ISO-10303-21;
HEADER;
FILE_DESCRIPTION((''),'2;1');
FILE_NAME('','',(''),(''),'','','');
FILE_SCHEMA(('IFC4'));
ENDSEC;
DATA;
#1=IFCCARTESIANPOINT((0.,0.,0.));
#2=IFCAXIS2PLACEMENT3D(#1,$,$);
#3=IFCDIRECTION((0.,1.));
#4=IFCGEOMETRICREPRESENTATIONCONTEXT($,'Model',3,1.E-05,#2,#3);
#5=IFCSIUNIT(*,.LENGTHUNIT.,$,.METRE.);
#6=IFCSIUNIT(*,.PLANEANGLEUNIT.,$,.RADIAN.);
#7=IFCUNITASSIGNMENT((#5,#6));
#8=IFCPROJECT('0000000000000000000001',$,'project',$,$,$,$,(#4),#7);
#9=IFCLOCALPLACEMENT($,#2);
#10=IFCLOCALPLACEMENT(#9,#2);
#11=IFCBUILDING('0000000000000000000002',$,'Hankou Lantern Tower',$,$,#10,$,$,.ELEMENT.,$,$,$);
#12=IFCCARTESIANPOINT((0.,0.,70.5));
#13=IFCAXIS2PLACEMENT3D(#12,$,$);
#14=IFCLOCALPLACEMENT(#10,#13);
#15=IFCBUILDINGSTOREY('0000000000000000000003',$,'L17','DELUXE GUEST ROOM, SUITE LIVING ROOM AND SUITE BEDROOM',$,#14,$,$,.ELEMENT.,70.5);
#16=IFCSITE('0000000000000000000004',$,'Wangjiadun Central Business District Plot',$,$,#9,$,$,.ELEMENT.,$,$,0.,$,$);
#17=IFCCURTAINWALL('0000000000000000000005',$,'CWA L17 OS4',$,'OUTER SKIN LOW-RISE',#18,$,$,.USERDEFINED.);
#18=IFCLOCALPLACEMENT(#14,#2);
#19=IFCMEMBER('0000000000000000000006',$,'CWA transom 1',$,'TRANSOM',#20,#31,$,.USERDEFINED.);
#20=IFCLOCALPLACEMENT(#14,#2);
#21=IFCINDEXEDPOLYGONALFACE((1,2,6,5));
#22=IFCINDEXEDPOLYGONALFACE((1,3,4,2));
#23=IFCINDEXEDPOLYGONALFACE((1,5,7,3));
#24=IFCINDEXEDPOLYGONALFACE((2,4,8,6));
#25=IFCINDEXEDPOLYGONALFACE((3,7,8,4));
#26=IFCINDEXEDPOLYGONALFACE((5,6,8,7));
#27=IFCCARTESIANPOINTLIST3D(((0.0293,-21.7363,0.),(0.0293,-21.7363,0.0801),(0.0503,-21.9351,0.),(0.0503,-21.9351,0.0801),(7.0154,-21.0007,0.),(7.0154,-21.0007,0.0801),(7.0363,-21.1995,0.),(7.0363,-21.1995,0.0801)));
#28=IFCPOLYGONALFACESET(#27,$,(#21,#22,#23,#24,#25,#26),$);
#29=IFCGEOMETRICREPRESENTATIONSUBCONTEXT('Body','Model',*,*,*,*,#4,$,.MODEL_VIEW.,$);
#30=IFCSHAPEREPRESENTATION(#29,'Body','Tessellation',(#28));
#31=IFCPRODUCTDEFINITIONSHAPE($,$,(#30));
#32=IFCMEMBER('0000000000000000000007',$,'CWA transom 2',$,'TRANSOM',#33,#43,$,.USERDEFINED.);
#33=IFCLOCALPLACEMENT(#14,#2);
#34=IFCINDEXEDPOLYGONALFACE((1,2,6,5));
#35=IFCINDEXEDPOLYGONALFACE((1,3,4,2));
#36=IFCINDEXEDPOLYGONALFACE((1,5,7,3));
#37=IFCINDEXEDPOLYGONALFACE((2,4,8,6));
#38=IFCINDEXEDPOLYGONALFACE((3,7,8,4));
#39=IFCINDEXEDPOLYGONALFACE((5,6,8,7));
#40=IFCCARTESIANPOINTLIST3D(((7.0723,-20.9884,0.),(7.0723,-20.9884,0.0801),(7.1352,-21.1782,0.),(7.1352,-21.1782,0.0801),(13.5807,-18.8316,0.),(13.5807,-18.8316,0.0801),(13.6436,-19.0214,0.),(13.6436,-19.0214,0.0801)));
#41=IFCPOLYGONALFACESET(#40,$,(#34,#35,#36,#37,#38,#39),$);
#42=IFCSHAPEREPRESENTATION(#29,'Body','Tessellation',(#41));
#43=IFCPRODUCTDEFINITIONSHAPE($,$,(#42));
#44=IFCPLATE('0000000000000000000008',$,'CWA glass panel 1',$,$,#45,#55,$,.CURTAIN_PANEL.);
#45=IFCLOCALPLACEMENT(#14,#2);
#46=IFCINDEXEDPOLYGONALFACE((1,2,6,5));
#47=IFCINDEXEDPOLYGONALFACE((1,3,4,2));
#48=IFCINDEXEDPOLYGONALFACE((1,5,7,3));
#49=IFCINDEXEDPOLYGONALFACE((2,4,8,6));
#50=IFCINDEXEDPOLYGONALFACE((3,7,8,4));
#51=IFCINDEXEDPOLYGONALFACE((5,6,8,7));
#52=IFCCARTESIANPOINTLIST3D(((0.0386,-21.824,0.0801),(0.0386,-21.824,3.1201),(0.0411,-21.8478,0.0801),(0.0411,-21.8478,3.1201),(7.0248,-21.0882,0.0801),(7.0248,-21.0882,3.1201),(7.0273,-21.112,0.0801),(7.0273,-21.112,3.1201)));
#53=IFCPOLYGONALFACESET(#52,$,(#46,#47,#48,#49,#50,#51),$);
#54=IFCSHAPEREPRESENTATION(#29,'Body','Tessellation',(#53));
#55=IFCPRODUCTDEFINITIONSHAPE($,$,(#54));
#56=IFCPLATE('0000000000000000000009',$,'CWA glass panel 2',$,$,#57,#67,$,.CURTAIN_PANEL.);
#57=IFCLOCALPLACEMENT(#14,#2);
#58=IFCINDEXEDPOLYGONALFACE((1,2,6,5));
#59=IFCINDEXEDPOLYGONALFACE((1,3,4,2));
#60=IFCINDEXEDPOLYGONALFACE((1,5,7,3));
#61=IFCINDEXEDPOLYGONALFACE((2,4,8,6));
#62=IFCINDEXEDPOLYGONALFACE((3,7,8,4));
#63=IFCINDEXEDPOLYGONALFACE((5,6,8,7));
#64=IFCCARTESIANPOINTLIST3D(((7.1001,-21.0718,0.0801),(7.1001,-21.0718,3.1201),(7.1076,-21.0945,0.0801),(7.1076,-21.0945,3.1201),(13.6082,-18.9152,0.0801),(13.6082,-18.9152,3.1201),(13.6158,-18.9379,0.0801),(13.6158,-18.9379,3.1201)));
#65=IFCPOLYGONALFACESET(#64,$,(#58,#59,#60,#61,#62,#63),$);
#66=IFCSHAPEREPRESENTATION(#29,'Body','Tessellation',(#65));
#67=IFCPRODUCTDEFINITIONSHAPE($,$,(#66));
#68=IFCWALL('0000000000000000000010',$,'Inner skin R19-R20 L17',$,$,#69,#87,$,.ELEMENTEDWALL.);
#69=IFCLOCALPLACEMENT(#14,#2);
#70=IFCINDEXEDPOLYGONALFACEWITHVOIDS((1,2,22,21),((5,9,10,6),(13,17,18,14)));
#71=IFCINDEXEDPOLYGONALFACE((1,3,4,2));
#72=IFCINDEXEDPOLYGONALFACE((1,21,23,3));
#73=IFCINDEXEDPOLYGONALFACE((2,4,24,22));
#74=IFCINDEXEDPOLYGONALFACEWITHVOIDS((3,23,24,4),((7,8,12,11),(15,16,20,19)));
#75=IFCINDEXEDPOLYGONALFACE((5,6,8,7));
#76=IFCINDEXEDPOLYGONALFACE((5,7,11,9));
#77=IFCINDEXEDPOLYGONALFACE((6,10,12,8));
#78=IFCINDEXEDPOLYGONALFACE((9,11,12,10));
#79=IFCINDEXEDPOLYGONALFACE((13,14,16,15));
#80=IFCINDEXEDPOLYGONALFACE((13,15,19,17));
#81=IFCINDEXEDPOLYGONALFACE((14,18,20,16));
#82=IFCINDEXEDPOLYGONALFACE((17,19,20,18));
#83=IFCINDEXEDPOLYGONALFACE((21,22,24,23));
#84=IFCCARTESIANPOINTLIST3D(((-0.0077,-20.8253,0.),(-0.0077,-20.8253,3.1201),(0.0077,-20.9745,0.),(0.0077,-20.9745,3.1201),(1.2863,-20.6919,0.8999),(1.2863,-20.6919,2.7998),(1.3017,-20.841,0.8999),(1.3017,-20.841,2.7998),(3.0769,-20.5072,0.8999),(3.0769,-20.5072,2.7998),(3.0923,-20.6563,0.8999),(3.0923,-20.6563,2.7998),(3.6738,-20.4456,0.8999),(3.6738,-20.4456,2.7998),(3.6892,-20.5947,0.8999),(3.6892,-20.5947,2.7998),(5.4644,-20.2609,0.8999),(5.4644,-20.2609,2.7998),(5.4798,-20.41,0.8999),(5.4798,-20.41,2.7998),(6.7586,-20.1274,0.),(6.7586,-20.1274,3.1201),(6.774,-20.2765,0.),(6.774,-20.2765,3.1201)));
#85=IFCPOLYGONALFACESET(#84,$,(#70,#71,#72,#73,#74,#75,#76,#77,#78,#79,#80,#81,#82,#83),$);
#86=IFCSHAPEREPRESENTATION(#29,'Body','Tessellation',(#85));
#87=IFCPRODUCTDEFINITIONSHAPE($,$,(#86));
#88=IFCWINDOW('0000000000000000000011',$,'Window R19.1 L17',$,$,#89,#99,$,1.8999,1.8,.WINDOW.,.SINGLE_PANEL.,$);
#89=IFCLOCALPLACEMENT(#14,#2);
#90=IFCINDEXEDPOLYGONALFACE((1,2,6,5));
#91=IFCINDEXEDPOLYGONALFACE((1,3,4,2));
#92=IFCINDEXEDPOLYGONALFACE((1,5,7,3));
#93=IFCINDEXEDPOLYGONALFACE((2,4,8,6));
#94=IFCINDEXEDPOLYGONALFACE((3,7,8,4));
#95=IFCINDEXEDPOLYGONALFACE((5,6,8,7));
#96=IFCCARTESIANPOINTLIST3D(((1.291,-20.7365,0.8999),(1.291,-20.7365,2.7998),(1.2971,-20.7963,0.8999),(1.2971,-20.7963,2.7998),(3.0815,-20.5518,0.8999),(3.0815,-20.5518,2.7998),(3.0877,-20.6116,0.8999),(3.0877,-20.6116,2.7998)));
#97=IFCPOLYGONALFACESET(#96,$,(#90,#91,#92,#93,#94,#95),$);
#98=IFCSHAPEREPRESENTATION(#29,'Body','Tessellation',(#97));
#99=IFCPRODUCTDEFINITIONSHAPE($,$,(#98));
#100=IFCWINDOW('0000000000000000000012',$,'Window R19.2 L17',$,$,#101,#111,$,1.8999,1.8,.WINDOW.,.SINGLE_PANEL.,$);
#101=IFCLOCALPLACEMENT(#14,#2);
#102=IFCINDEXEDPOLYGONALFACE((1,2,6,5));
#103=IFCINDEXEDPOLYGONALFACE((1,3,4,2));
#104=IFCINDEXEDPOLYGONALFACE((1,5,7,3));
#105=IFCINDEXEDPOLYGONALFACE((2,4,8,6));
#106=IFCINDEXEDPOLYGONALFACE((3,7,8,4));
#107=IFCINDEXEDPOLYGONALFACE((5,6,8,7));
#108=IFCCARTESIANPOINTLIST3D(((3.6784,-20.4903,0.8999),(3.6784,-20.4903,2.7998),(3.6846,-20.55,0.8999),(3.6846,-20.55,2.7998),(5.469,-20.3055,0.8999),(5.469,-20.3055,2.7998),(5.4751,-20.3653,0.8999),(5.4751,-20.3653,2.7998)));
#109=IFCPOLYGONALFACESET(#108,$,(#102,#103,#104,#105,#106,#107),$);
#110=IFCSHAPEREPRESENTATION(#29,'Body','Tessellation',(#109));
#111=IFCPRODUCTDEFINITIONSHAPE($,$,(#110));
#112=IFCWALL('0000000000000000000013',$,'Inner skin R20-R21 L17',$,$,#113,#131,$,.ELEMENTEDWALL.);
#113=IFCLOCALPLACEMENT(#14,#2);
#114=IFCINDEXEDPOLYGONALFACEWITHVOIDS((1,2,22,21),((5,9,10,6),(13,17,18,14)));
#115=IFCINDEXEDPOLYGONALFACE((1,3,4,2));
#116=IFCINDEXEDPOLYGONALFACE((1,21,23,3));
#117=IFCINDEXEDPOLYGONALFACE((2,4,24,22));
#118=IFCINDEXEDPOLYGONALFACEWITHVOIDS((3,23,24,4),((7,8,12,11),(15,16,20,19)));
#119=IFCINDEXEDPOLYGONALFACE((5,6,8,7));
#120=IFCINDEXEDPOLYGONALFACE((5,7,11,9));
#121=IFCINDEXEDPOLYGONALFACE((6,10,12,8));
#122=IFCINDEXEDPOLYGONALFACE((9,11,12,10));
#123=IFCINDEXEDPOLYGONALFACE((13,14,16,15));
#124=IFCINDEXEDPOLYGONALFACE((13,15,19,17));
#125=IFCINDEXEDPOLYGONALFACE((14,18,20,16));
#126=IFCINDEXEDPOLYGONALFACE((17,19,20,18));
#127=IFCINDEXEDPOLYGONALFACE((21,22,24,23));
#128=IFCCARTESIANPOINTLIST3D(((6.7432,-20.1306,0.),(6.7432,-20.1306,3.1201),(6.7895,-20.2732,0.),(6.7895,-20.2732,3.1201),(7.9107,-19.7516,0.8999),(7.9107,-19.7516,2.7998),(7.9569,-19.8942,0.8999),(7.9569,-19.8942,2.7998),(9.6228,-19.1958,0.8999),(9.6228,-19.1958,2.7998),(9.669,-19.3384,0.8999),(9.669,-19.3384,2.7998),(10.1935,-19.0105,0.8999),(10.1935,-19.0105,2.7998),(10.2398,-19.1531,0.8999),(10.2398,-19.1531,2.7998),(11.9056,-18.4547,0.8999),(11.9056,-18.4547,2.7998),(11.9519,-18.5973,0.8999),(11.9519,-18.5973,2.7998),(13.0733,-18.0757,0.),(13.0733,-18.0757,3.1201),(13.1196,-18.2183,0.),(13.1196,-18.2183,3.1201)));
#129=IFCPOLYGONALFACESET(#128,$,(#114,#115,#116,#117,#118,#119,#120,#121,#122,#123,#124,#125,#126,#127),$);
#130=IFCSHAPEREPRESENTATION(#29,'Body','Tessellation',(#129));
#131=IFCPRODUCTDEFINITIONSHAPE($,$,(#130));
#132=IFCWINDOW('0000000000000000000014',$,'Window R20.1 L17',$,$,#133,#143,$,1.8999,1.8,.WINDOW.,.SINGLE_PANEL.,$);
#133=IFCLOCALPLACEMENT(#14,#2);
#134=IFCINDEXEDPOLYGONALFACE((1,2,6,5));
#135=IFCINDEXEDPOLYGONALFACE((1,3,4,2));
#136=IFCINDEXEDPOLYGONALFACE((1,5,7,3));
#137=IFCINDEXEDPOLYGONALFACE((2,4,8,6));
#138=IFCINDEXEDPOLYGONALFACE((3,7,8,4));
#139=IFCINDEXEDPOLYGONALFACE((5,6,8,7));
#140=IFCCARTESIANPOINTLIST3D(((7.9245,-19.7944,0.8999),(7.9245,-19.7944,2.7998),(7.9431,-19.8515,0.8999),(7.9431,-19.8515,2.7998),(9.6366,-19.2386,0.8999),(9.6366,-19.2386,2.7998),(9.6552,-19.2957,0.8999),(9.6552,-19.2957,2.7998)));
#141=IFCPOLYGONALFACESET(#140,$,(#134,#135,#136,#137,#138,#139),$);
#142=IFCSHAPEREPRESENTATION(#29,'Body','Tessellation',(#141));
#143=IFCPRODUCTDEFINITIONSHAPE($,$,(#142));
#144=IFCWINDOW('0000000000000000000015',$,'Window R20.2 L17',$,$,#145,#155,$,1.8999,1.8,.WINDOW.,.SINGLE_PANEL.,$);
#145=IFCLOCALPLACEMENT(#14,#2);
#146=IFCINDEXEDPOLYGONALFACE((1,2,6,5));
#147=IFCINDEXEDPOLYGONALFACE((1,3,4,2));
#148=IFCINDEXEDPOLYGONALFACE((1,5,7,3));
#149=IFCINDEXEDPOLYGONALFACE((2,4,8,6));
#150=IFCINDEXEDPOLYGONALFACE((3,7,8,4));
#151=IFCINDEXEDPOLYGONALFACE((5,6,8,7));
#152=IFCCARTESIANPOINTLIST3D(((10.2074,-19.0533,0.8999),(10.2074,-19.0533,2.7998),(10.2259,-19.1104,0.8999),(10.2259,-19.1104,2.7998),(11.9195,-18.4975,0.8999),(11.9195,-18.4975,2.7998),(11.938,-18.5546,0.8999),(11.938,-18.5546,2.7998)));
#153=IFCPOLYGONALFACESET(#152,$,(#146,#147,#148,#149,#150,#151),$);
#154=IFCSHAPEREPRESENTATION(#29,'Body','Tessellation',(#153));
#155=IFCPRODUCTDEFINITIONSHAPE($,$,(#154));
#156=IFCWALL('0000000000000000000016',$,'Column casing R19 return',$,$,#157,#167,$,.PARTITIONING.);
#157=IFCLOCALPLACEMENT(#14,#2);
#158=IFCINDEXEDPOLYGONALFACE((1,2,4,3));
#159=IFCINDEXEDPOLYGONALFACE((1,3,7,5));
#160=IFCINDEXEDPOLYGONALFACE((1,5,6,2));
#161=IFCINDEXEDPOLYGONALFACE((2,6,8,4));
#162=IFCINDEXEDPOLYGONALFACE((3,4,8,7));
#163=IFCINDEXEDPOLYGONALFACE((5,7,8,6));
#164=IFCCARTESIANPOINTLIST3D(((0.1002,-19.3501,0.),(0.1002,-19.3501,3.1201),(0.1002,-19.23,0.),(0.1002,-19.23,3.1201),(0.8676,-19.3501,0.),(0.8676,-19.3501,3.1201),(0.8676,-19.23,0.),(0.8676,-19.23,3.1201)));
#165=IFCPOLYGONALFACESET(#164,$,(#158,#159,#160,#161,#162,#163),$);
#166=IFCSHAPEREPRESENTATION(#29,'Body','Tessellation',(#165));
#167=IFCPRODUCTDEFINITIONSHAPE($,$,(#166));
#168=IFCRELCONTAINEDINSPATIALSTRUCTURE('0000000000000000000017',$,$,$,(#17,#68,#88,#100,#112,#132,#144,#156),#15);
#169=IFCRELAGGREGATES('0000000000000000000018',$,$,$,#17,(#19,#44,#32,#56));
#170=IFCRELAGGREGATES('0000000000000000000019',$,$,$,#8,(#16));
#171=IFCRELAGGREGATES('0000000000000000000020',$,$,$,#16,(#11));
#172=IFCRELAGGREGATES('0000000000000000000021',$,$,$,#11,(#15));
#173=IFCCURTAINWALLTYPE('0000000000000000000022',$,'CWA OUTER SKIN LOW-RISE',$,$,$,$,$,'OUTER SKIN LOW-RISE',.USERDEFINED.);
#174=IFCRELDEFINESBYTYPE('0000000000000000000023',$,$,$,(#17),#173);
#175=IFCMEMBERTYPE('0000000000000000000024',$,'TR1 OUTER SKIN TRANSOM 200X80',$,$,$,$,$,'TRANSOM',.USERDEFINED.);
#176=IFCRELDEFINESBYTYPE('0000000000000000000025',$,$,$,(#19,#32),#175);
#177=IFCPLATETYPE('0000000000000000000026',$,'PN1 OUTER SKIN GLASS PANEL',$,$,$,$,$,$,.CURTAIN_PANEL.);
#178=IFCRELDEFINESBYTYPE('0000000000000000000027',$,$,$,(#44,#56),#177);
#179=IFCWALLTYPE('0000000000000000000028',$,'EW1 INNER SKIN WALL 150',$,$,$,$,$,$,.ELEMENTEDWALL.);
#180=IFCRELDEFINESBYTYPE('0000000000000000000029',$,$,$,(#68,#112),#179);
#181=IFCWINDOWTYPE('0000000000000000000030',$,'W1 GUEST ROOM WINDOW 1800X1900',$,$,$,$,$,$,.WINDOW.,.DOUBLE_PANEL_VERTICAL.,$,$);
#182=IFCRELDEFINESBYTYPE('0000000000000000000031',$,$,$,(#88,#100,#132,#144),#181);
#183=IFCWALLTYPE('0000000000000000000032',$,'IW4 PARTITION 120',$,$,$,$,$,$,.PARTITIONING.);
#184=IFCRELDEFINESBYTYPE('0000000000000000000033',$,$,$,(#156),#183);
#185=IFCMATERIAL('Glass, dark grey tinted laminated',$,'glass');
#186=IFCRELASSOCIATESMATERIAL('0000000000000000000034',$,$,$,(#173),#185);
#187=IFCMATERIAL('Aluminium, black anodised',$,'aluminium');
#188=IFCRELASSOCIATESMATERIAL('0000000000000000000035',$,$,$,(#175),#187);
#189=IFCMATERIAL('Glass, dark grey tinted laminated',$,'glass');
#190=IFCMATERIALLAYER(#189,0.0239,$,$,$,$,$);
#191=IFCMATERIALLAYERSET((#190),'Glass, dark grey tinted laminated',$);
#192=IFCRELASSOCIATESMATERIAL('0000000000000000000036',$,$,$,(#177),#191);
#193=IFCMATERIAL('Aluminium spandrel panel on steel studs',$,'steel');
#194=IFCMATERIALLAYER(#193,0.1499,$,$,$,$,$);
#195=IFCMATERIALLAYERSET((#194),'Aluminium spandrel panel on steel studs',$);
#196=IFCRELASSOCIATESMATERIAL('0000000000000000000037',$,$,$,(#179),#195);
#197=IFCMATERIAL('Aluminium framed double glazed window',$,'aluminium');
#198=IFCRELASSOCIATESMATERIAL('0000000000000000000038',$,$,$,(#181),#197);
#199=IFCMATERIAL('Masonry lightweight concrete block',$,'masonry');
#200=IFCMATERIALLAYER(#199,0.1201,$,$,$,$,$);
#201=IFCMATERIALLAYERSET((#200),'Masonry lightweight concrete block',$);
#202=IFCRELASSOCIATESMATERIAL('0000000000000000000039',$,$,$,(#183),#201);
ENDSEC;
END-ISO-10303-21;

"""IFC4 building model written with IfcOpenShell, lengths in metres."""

from ifc_helpers import new_model, si_unit, direction, frame, frame_2d, origin, origin_2d, place, context, subcontext, project, spatial, rectangle, extrude, material, layer, layer_set, material_profile, profile_set, type_object, element, fill, aggregate, save


model = new_model("IFC4")

# Units and contexts
model_context = context("Model", 3, precision=1e-05, world=origin(), true_north=direction((0.0, 1.0)))
body_context = subcontext(model_context, "Body", "Model", "MODEL_VIEW")
ifc_project = project(units=[si_unit("LENGTHUNIT", "METRE"), si_unit("PLANEANGLEUNIT", "RADIAN")], contexts=[model_context])

# Site, building, storey
site_placement = place(None, origin())
site = spatial("IfcSite", under=ifc_project, at=site_placement, Name="Wangjiadun Central Business District Plot", CompositionType="ELEMENT", RefElevation=0.0)
building_placement = place(site_placement, origin())
building = spatial("IfcBuilding", under=site, at=building_placement, Name="Hankou Lantern Tower", CompositionType="ELEMENT")
storey_placement = place(building_placement, frame((0.0, 0.0, 70.5)))
storey = spatial("IfcBuildingStorey", under=building, at=storey_placement, Name="L17", Description="DELUXE GUEST ROOM, SUITE LIVING ROOM AND SUITE BEDROOM", CompositionType="ELEMENT", Elevation=70.5)

# Curtain wall
ifc_material_1 = material(Name="Glass, dark grey tinted laminated", Category="glass")
curtain_wall_type = type_object("IfcCurtainWallType", Name="CWA OUTER SKIN LOW-RISE", ElementType="OUTER SKIN LOW-RISE", PredefinedType="USERDEFINED", material=ifc_material_1)
curtain_wall_placement = place(storey_placement, origin())
curtain_wall = element("IfcCurtainWall", 1, at=curtain_wall_placement, inside=storey, type_object=curtain_wall_type, Name="CWA L17 OS4", ObjectType="OUTER SKIN LOW-RISE", PredefinedType="USERDEFINED")

# Members
ifc_material_2 = material(Name="Aluminium, black anodised", Category="aluminium")
ifc_material_profile_1 = material_profile(ifc_material_2, rectangle(XDim=0.2, YDim=0.0801, at=origin_2d()), Name="TR1 200X80")
ifc_profile_set_1 = profile_set([ifc_material_profile_1], Name="Aluminium, black anodised")
member_type_1 = type_object("IfcMemberType", Name="TR1 OUTER SKIN TRANSOM 200X80", ElementType="TRANSOM", PredefinedType="USERDEFINED", material=ifc_profile_set_1)
member_1_placement = place(storey_placement, frame((0.0398, -21.8357, 0.04), z_axis=(0.994502, 0.104716, 0.0), x_axis=(-0.104716, 0.994502, 0.0)))
member_1 = element("IfcMember", 2, at=member_1_placement, type_object=member_type_1, Name="CWA transom 1", ObjectType="TRANSOM", PredefinedType="USERDEFINED", context=body_context, shape_type="SweptSolid", body=[
    extrude(rectangle(XDim=0.2, YDim=0.0801, at=origin_2d()), origin(), (0.0, 0.0, 1.0), 7.0247),
])
member_2_placement = place(storey_placement, frame((7.1038, -21.0833, 0.04), z_axis=(0.949237, 0.314561, 0.0), x_axis=(-0.314561, 0.949237, 0.0)))
member_2 = element("IfcMember", 3, at=member_2_placement, type_object=member_type_1, Name="CWA transom 2", ObjectType="TRANSOM", PredefinedType="USERDEFINED", context=body_context, shape_type="SweptSolid", body=[
    extrude(rectangle(XDim=0.2, YDim=0.0801, at=origin_2d()), origin(), (0.0, 0.0, 1.0), 6.8564),
])

# Plates
ifc_material_3 = material(Name="Glass, dark grey tinted laminated", Category="glass")
ifc_layer_1 = layer(ifc_material_3, 0.0239)
ifc_layer_set_1 = layer_set([ifc_layer_1], Name="Glass, dark grey tinted laminated")
plate_type = type_object("IfcPlateType", Name="PN1 OUTER SKIN GLASS PANEL", PredefinedType="CURTAIN_PANEL", material=ifc_layer_set_1)
plate_1_placement = place(storey_placement, frame((3.533, -21.468, 0.0801), z_axis=(0.0, 0.0, 1.0), x_axis=(0.994499, 0.104743, 0.0)))
plate_1 = element("IfcPlate", 4, at=plate_1_placement, type_object=plate_type, Name="CWA glass panel 1", PredefinedType="CURTAIN_PANEL", context=body_context, shape_type="SweptSolid", body=[
    extrude(rectangle(XDim=7.0249, YDim=0.0239, at=origin_2d()), origin(), (0.0, 0.0, 1.0), 3.04),
])
plate_2_placement = place(storey_placement, frame((10.3579, -20.0049, 0.0801), z_axis=(0.0, 0.0, 1.0), x_axis=(0.949241, 0.314551, 0.0)))
plate_2 = element("IfcPlate", 5, at=plate_2_placement, type_object=plate_type, Name="CWA glass panel 2", PredefinedType="CURTAIN_PANEL", context=body_context, shape_type="SweptSolid", body=[
    extrude(rectangle(XDim=6.8562, YDim=0.0239, at=origin_2d()), origin(), (0.0, 0.0, 1.0), 3.04),
])
aggregate(curtain_wall, [member_1, plate_1, member_2, plate_2])

# Walls, openings, windows
ifc_material_4 = material(Name="Aluminium spandrel panel on steel studs", Category="steel")
ifc_layer_2 = layer(ifc_material_4, 0.1499)
ifc_layer_set_2 = layer_set([ifc_layer_2], Name="Aluminium spandrel panel on steel studs")
wall_type_1 = type_object("IfcWallType", Name="EW1 INNER SKIN WALL 150", PredefinedType="ELEMENTEDWALL", material=ifc_layer_set_2)
wall_1_placement = place(storey_placement, frame((0.0, -20.8999, 0.0), z_axis=(0.0, 0.0, 1.0), x_axis=(0.994721, 0.102613, 0.0)))
wall_1 = element("IfcWall", 6, at=wall_1_placement, inside=storey, type_object=wall_type_1, Name="Inner skin R19-R20 L17", PredefinedType="ELEMENTEDWALL", context=body_context, shape_type="SweptSolid", body=[
    extrude(rectangle(XDim=6.8022, YDim=0.1499, at=frame_2d((3.4011, 0.0))), origin(), (0.0, 0.0, 1.0), 3.1201),
])
opening_1_placement = place(wall_1_placement, frame((1.301, 0.0, 0.8999)))
opening_1 = element("IfcOpeningElement", 7, at=opening_1_placement, cuts=wall_1, PredefinedType="OPENING", context=body_context, shape_type="SweptSolid", body=[
    extrude(rectangle(XDim=1.8, YDim=1.8999, at=frame_2d((0.8999, 0.95))), frame((0.0, 0.085, 0.0), z_axis=(0.0, -1.0, 0.0), x_axis=(1.0, 0.0, 0.0)), (0.0, 0.0, 1.0), 0.1699),
])
opening_2_placement = place(wall_1_placement, frame((3.7012, 0.0, 0.8999)))
opening_2 = element("IfcOpeningElement", 8, at=opening_2_placement, cuts=wall_1, PredefinedType="OPENING", context=body_context, shape_type="SweptSolid", body=[
    extrude(rectangle(XDim=1.8, YDim=1.8999, at=frame_2d((0.8999, 0.95))), frame((0.0, 0.085, 0.0), z_axis=(0.0, -1.0, 0.0), x_axis=(1.0, 0.0, 0.0)), (0.0, 0.0, 1.0), 0.1699),
])
ifc_material_5 = material(Name="Aluminium framed double glazed window", Category="aluminium")
window_type = type_object("IfcWindowType", Name="W1 GUEST ROOM WINDOW 1800X1900", PartitioningType="DOUBLE_PANEL_VERTICAL", PredefinedType="WINDOW", material=ifc_material_5)
window_1_placement = place(opening_1_placement, origin())
window_1 = element("IfcWindow", 9, at=window_1_placement, inside=storey, type_object=window_type, Name="Window R19.1 L17", OverallHeight=1.8999, OverallWidth=1.8, PartitioningType="SINGLE_PANEL", PredefinedType="WINDOW", context=body_context, shape_type="SweptSolid", body=[
    extrude(rectangle(XDim=1.8, YDim=1.8999, at=frame_2d((0.8999, 0.95))), frame((0.0, 0.03, 0.0), z_axis=(0.0, -1.0, 0.0), x_axis=(1.0, 0.0, 0.0)), (0.0, 0.0, 1.0), 0.0601),
])
fill(opening_1, window_1)
window_2_placement = place(opening_2_placement, origin())
window_2 = element("IfcWindow", 10, at=window_2_placement, inside=storey, type_object=window_type, Name="Window R19.2 L17", OverallHeight=1.8999, OverallWidth=1.8, PartitioningType="SINGLE_PANEL", PredefinedType="WINDOW", context=body_context, shape_type="SweptSolid", body=[
    extrude(rectangle(XDim=1.8, YDim=1.8999, at=frame_2d((0.8999, 0.95))), frame((0.0, 0.03, 0.0), z_axis=(0.0, -1.0, 0.0), x_axis=(1.0, 0.0, 0.0)), (0.0, 0.0, 1.0), 0.0601),
])
fill(opening_2, window_2)
wall_2_placement = place(storey_placement, frame((6.7664, -20.2019, 0.0), z_axis=(0.0, 0.0, 1.0), x_axis=(0.951138, 0.308768, 0.0)))
wall_2 = element("IfcWall", 11, at=wall_2_placement, inside=storey, type_object=wall_type_1, Name="Inner skin R20-R21 L17", PredefinedType="ELEMENTEDWALL", context=body_context, shape_type="SweptSolid", body=[
    extrude(rectangle(XDim=6.6553, YDim=0.1499, at=frame_2d((3.3276, 0.0))), origin(), (0.0, 0.0, 1.0), 3.1201),
])
opening_3_placement = place(wall_2_placement, frame((1.2275, 0.0, 0.8999)))
opening_3 = element("IfcOpeningElement", 12, at=opening_3_placement, cuts=wall_2, PredefinedType="OPENING", context=body_context, shape_type="SweptSolid", body=[
    extrude(rectangle(XDim=1.8, YDim=1.8999, at=frame_2d((0.8999, 0.95))), frame((0.0, 0.085, 0.0), z_axis=(0.0, -1.0, 0.0), x_axis=(1.0, 0.0, 0.0)), (0.0, 0.0, 1.0), 0.1699),
])
opening_4_placement = place(wall_2_placement, frame((3.6277, 0.0, 0.8999)))
opening_4 = element("IfcOpeningElement", 13, at=opening_4_placement, cuts=wall_2, PredefinedType="OPENING", context=body_context, shape_type="SweptSolid", body=[
    extrude(rectangle(XDim=1.8, YDim=1.8999, at=frame_2d((0.8999, 0.95))), frame((0.0, 0.085, 0.0), z_axis=(0.0, -1.0, 0.0), x_axis=(1.0, 0.0, 0.0)), (0.0, 0.0, 1.0), 0.1699),
])
window_3_placement = place(opening_3_placement, origin())
window_3 = element("IfcWindow", 14, at=window_3_placement, inside=storey, type_object=window_type, Name="Window R20.1 L17", OverallHeight=1.8999, OverallWidth=1.8, PartitioningType="SINGLE_PANEL", PredefinedType="WINDOW", context=body_context, shape_type="SweptSolid", body=[
    extrude(rectangle(XDim=1.8, YDim=1.8999, at=frame_2d((0.8999, 0.95))), frame((0.0, 0.03, 0.0), z_axis=(0.0, -1.0, 0.0), x_axis=(1.0, 0.0, 0.0)), (0.0, 0.0, 1.0), 0.0601),
])
fill(opening_3, window_3)
window_4_placement = place(opening_4_placement, origin())
window_4 = element("IfcWindow", 15, at=window_4_placement, inside=storey, type_object=window_type, Name="Window R20.2 L17", OverallHeight=1.8999, OverallWidth=1.8, PartitioningType="SINGLE_PANEL", PredefinedType="WINDOW", context=body_context, shape_type="SweptSolid", body=[
    extrude(rectangle(XDim=1.8, YDim=1.8999, at=frame_2d((0.8999, 0.95))), frame((0.0, 0.03, 0.0), z_axis=(0.0, -1.0, 0.0), x_axis=(1.0, 0.0, 0.0)), (0.0, 0.0, 1.0), 0.0601),
])
fill(opening_4, window_4)

# Wall
ifc_material_6 = material(Name="Masonry lightweight concrete block", Category="masonry")
ifc_layer_3 = layer(ifc_material_6, 0.1201)
ifc_layer_set_3 = layer_set([ifc_layer_3], Name="Masonry lightweight concrete block")
wall_type_2 = type_object("IfcWallType", Name="IW4 PARTITION 120", PredefinedType="PARTITIONING", material=ifc_layer_set_3)
wall_3_placement = place(storey_placement, frame((0.1001, -19.29, 0.0), z_axis=(0.0, 0.0, 1.0), x_axis=(1.0, 0.0, 0.0)))
element("IfcWall", 16, at=wall_3_placement, inside=storey, type_object=wall_type_2, Name="Column casing R19 return", PredefinedType="PARTITIONING", context=body_context, shape_type="SweptSolid", body=[
    extrude(rectangle(XDim=0.7673, YDim=0.1201, at=frame_2d((0.3838, 0.0))), origin(), (0.0, 0.0, 1.0), 3.1201),
])

save(model, "model.ifc")
